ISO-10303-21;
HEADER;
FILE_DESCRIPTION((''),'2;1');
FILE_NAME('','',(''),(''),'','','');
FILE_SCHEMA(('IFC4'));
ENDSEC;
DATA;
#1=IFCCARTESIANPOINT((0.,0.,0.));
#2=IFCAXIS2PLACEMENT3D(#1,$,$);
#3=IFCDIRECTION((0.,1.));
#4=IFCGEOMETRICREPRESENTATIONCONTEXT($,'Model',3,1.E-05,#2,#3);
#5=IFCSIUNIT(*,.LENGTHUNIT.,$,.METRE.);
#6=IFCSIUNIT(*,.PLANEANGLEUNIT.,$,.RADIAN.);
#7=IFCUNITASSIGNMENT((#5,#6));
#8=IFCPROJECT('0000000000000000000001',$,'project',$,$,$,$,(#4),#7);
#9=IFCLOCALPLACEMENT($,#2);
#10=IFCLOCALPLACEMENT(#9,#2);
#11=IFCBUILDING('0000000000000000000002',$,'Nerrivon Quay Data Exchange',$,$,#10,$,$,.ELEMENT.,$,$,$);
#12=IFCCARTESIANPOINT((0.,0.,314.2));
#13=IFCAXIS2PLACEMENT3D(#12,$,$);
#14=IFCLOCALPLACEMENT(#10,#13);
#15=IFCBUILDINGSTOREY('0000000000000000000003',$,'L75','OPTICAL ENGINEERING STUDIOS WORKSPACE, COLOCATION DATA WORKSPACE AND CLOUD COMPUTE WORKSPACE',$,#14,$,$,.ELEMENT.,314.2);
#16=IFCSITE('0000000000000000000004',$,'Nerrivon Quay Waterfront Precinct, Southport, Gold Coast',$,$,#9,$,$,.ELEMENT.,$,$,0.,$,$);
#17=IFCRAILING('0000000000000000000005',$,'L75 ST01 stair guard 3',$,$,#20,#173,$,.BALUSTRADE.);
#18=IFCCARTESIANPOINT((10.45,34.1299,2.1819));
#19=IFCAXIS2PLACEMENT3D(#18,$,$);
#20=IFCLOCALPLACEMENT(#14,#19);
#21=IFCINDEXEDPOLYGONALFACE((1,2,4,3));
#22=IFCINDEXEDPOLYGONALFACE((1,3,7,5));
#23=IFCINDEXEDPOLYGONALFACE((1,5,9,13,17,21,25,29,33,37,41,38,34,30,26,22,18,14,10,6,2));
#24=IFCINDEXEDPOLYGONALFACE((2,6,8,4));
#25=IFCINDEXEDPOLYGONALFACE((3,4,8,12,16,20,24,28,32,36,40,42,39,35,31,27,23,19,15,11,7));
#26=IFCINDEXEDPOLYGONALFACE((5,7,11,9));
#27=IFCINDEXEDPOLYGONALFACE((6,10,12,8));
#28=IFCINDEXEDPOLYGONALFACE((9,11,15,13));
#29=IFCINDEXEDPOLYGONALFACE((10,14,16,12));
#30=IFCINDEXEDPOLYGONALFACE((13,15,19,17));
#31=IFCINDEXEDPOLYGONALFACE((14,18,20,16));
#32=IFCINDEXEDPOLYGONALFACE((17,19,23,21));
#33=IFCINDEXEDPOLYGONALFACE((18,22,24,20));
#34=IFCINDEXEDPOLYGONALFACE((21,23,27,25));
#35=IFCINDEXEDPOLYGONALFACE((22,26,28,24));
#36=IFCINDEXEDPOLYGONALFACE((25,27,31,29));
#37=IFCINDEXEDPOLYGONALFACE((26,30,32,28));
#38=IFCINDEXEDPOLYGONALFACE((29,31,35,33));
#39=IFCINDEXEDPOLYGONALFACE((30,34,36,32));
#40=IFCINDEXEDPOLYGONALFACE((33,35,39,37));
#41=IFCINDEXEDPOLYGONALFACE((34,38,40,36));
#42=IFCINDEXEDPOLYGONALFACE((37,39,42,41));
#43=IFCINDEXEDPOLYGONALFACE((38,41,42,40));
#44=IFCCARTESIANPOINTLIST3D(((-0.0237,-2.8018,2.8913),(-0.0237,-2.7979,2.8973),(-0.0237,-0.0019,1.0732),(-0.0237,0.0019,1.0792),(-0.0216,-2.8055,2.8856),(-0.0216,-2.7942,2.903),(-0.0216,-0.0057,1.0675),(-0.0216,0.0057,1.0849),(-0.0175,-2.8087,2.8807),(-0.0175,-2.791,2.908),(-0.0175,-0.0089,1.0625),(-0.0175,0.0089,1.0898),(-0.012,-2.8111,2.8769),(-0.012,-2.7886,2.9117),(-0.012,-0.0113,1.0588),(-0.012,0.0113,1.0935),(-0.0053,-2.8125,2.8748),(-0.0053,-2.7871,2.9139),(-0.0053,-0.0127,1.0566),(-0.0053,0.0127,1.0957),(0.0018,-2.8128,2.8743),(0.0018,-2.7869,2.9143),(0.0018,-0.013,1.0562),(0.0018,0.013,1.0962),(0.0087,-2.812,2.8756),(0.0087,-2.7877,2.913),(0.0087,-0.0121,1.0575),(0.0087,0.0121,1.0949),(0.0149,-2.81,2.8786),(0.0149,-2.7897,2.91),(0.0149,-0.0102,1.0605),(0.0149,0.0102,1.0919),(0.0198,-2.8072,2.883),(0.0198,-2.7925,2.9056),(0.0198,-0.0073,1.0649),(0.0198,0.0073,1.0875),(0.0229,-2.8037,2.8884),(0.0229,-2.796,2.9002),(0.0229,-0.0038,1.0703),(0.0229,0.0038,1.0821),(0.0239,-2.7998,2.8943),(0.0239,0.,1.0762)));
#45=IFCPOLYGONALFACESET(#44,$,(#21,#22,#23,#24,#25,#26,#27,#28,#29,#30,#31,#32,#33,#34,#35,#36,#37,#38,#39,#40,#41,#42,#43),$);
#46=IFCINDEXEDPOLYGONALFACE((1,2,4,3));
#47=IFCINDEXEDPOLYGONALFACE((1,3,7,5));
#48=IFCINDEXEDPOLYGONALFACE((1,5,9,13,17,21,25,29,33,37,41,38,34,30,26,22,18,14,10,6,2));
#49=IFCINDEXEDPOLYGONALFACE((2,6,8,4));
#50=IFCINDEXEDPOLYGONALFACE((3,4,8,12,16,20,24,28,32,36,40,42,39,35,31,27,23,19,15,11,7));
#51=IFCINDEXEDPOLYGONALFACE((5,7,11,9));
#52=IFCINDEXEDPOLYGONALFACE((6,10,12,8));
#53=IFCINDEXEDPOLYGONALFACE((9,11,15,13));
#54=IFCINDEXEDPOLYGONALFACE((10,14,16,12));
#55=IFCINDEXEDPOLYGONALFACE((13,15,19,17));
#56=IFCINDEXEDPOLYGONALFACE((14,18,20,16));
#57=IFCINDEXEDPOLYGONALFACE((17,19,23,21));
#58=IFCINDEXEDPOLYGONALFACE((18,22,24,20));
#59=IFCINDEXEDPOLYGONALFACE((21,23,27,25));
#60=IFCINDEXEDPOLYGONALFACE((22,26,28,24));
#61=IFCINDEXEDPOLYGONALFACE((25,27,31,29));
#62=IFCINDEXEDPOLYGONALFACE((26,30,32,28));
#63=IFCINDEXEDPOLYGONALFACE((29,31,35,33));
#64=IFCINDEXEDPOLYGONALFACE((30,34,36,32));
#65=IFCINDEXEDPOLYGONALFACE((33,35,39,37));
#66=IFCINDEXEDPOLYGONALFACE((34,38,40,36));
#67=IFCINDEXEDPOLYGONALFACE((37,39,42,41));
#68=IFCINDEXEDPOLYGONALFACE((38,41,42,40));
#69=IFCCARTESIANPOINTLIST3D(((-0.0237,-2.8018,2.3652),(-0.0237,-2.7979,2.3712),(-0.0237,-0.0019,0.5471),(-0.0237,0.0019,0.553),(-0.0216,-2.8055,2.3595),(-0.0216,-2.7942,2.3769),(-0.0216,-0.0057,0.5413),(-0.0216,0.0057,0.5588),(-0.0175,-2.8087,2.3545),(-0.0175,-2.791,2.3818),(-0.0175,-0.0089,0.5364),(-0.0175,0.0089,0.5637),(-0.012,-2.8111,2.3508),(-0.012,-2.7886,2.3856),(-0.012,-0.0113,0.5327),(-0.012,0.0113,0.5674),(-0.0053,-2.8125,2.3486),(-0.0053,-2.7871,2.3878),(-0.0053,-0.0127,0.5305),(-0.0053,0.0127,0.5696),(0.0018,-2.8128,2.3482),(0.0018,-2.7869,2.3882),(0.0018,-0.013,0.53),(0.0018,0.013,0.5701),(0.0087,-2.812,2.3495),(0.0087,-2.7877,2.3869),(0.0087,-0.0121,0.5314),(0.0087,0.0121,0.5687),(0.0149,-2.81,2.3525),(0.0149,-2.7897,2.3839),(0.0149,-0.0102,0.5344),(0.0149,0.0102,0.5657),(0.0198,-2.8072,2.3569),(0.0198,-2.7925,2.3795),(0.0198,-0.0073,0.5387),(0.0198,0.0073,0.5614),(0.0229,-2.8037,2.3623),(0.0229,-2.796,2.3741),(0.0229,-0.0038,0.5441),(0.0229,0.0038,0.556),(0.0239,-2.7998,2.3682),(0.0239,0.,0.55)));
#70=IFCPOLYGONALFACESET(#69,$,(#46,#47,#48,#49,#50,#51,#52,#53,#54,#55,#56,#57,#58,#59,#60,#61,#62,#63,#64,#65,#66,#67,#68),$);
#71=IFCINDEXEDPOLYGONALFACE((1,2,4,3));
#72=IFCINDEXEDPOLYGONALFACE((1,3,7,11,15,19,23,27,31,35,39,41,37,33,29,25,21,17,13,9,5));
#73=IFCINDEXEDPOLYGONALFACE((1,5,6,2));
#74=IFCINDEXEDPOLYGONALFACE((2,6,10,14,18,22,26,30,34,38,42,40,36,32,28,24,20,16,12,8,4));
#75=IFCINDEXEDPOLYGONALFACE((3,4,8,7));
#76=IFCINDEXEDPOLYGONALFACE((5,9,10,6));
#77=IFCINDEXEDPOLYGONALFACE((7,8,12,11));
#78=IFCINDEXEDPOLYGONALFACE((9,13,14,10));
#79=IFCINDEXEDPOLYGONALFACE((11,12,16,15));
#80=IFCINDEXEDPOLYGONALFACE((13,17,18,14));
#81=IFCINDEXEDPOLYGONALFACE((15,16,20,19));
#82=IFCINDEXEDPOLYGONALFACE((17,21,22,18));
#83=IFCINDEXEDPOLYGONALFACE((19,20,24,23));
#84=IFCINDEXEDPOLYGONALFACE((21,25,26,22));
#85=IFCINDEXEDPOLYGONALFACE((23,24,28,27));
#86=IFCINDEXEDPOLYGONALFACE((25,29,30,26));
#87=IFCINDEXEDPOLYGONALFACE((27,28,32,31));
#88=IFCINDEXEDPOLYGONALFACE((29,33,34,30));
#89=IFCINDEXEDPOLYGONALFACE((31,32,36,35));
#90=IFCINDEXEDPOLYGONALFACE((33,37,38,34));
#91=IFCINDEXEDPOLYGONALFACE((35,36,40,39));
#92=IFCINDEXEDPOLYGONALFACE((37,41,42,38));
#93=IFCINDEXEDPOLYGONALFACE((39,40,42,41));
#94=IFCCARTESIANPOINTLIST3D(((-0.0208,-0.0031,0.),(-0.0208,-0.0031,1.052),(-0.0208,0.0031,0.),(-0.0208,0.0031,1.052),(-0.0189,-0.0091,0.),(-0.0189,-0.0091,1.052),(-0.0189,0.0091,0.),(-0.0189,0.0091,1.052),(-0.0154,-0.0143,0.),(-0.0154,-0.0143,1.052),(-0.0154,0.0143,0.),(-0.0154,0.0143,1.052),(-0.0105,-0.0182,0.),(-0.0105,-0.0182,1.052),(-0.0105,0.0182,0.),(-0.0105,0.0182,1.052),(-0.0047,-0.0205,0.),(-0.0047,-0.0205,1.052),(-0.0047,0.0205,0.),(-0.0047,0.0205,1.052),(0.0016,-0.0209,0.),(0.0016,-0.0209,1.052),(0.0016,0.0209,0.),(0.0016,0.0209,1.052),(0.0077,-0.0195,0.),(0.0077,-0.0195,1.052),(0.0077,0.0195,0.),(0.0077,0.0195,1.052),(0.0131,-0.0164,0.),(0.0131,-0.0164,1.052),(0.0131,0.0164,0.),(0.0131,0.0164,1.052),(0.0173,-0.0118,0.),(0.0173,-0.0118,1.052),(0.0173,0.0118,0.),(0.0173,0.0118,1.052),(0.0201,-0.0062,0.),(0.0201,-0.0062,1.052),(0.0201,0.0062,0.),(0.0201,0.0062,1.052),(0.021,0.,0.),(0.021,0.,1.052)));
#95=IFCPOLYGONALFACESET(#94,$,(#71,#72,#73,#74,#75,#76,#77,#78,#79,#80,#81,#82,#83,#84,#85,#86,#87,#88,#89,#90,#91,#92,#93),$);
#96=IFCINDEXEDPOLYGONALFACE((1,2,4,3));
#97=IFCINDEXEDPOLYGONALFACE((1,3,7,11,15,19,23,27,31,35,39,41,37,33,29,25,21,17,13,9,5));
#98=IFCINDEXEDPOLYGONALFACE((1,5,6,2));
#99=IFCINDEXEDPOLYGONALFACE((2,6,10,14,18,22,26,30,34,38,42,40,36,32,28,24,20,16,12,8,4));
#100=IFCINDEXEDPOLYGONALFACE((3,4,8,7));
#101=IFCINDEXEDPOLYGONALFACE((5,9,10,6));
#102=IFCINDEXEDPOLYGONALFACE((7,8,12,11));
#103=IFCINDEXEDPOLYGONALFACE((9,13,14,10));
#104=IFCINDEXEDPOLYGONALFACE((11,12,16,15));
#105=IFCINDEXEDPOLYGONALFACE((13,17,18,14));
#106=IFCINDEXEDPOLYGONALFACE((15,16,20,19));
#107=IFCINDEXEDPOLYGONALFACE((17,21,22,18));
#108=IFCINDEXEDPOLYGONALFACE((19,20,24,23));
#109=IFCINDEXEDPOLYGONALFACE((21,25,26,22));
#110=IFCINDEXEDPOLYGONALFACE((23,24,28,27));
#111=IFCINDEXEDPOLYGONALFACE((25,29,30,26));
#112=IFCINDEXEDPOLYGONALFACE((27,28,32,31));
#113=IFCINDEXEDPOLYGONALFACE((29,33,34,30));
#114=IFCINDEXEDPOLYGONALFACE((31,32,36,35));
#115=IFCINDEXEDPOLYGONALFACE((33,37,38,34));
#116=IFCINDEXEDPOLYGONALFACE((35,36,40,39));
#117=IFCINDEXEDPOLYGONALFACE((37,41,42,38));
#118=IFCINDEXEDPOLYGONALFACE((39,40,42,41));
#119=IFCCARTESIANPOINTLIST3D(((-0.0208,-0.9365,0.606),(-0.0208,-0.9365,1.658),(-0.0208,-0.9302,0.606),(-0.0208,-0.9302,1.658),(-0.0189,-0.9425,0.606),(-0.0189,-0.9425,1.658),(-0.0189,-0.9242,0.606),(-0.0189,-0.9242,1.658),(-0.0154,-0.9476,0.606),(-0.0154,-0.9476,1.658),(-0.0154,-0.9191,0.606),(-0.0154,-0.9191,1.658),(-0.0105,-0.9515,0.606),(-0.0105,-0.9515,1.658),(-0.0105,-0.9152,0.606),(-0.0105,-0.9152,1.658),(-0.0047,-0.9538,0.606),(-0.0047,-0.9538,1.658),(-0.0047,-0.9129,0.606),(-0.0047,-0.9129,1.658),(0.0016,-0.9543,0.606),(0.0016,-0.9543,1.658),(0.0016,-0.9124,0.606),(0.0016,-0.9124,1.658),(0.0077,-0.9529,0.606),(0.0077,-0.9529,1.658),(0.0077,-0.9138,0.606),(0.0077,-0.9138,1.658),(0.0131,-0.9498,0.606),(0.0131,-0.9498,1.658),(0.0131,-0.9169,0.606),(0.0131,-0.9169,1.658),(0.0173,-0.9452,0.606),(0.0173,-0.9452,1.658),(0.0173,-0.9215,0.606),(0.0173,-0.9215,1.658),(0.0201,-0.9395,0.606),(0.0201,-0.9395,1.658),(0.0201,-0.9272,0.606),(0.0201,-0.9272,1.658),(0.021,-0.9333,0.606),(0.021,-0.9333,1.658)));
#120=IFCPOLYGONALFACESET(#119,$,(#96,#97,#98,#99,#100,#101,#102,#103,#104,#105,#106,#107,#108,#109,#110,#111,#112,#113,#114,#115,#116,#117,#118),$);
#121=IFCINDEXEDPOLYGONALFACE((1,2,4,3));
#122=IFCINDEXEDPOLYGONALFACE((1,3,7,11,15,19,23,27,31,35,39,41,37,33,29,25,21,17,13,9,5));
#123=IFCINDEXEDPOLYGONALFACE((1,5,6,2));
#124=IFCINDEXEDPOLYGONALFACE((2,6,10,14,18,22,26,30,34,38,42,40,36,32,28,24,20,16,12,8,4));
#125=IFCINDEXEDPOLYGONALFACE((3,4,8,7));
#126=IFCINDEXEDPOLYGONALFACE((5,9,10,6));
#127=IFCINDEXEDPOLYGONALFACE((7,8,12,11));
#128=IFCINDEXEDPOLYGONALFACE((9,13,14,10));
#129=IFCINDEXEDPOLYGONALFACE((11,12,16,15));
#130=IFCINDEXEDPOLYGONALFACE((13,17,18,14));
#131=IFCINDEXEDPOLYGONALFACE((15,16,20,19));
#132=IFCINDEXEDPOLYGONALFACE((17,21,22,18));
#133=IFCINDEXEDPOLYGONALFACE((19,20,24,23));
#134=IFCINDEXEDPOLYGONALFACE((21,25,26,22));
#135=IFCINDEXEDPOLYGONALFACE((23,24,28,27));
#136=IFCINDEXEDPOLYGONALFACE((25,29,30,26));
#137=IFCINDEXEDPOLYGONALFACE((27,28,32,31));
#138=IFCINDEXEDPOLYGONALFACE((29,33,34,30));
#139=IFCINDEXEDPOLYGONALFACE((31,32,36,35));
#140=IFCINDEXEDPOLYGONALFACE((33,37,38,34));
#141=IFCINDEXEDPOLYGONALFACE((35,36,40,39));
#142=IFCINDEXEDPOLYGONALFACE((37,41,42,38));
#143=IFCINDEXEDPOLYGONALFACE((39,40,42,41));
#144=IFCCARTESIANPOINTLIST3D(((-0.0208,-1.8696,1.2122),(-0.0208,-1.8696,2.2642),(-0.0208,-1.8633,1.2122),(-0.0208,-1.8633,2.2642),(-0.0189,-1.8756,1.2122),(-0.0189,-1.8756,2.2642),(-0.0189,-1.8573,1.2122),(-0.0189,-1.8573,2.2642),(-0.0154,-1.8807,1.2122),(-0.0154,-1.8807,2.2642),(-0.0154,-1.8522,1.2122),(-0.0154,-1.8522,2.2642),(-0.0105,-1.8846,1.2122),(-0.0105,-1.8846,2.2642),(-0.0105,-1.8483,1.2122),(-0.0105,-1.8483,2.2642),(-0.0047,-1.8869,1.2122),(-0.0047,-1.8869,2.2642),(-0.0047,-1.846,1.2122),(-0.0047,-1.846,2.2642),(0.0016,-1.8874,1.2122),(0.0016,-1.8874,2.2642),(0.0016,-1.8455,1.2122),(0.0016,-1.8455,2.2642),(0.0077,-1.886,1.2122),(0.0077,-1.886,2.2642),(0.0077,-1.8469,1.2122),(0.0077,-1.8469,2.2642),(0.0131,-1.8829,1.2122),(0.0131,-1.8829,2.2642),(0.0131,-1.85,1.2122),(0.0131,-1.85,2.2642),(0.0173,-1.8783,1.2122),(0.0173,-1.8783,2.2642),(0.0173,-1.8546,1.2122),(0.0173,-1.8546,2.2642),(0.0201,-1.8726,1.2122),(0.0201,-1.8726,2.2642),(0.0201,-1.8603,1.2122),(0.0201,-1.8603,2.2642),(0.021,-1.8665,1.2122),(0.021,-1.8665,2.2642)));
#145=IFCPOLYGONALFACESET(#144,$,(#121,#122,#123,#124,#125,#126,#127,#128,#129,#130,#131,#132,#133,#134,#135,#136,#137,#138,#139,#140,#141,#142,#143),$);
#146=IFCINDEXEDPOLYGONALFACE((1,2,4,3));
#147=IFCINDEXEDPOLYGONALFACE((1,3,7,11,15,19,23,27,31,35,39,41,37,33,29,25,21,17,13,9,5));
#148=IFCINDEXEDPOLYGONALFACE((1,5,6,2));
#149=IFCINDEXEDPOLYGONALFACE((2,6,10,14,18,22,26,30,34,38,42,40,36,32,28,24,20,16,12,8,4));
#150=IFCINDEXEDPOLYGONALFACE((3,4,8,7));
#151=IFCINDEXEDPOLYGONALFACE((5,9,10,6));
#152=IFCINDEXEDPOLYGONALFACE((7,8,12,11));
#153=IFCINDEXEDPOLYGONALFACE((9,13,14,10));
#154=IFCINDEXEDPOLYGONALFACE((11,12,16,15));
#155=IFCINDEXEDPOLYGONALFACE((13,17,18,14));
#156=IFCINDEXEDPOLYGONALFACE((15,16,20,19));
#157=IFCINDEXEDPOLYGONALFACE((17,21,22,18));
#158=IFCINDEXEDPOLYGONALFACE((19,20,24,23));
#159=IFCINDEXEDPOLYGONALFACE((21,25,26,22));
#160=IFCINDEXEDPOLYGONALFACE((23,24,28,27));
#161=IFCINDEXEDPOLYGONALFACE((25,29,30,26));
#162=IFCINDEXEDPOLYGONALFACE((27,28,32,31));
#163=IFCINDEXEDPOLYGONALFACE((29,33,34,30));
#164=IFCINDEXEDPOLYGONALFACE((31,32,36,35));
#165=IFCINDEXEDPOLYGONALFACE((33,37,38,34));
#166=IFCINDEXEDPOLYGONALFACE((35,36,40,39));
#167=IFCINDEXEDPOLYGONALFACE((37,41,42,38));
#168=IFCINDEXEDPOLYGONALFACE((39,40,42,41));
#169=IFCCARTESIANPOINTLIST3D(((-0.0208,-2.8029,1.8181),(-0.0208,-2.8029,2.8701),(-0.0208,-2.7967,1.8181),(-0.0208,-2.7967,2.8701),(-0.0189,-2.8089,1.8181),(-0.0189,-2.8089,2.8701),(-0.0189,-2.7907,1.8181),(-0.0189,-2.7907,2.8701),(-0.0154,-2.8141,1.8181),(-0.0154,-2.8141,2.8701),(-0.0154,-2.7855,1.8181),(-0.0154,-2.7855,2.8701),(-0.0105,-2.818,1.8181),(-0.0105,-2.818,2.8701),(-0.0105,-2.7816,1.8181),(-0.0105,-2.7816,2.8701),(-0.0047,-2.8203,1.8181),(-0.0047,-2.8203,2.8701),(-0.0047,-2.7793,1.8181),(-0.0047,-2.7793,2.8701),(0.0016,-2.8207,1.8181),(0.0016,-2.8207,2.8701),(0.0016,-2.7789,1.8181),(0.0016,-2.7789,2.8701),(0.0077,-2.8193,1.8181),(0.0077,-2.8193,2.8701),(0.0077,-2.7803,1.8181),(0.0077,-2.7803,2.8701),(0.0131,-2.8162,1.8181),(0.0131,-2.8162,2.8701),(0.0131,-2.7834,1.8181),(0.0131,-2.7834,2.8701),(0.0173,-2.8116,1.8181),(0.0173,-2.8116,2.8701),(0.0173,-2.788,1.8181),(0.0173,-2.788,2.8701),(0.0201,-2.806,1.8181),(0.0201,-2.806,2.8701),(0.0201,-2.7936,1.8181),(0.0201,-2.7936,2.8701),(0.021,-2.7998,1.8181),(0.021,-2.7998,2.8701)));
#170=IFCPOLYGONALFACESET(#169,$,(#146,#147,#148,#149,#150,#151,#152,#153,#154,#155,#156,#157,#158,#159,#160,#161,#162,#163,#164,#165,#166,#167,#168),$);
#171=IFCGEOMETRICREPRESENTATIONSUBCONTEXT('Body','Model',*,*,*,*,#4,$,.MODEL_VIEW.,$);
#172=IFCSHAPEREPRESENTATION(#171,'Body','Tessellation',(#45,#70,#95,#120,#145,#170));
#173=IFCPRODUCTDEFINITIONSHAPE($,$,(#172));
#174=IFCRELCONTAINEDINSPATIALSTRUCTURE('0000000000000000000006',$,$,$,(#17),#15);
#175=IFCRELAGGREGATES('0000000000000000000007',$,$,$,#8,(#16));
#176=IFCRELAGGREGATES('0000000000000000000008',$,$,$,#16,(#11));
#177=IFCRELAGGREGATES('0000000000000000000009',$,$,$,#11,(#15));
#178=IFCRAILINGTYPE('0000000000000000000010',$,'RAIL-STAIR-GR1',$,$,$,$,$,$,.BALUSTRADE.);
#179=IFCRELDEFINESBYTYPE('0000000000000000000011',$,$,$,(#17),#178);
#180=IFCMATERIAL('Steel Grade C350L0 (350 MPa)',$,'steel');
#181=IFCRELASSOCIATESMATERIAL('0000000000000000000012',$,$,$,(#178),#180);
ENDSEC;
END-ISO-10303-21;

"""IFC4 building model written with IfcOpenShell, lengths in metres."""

from ifc_helpers import new_model, si_unit, direction, frame, origin, origin_2d, place, context, subcontext, project, spatial, circle, extrude, material, type_object, element, save


model = new_model("IFC4")

# Units and contexts
model_context = context("Model", 3, precision=1e-05, world=origin(), true_north=direction((0.0, 1.0)))
body_context = subcontext(model_context, "Body", "Model", "MODEL_VIEW")
ifc_project = project(units=[si_unit("LENGTHUNIT", "METRE"), si_unit("PLANEANGLEUNIT", "RADIAN")], contexts=[model_context])

# Site, building, storey
site_placement = place(None, origin())
site = spatial("IfcSite", under=ifc_project, at=site_placement, Name="Nerrivon Quay Waterfront Precinct, Southport, Gold Coast", CompositionType="ELEMENT", RefElevation=0.0)
building_placement = place(site_placement, origin())
building = spatial("IfcBuilding", under=site, at=building_placement, Name="Nerrivon Quay Data Exchange", CompositionType="ELEMENT")
storey_placement = place(building_placement, frame((0.0, 0.0, 314.2)))
storey = spatial("IfcBuildingStorey", under=building, at=storey_placement, Name="L75", Description="OPTICAL ENGINEERING STUDIOS WORKSPACE, COLOCATION DATA WORKSPACE AND CLOUD COMPUTE WORKSPACE", CompositionType="ELEMENT", Elevation=314.2)

# Shared definitions
ifc_material_1 = material(Name="Steel Grade C350L0 (350 MPa)", Category="steel")

# Railing
railing_type_1 = type_object("IfcRailingType", Name="RAIL-STAIR-GR1", PredefinedType="BALUSTRADE", material=ifc_material_1)
railing_1_placement = place(storey_placement, frame((10.45, 34.1299, 2.1819)))
element("IfcRailing", 1, at=railing_1_placement, inside=storey, type_object=railing_type_1, Name="L75 ST01 stair guard 3", PredefinedType="BALUSTRADE", context=body_context, shape_type="SweptSolid", body=[
    extrude(circle(Radius=0.0239, at=origin_2d()), frame((0.0, 0.0, 1.0762), z_axis=(0.0, -0.838684, 0.544618), x_axis=(1.0, 0.0, 0.0)), (0.0, 0.0, 1.0), 3.3384),
    extrude(circle(Radius=0.0239, at=origin_2d()), frame((0.0, 0.0, 0.55), z_axis=(0.0, -0.838684, 0.544618), x_axis=(1.0, 0.0, 0.0)), (0.0, 0.0, 1.0), 3.3384),
    extrude(circle(Radius=0.021, at=origin_2d()), origin(), (0.0, 0.0, 1.0), 1.052),
    extrude(circle(Radius=0.021, at=origin_2d()), frame((0.0, -0.9333, 0.606)), (0.0, 0.0, 1.0), 1.052),
    extrude(circle(Radius=0.021, at=origin_2d()), frame((0.0, -1.8665, 1.2122)), (0.0, 0.0, 1.0), 1.052),
    extrude(circle(Radius=0.021, at=origin_2d()), frame((0.0, -2.7998, 1.8181)), (0.0, 0.0, 1.0), 1.052),
])

save(model, "model.ifc")
